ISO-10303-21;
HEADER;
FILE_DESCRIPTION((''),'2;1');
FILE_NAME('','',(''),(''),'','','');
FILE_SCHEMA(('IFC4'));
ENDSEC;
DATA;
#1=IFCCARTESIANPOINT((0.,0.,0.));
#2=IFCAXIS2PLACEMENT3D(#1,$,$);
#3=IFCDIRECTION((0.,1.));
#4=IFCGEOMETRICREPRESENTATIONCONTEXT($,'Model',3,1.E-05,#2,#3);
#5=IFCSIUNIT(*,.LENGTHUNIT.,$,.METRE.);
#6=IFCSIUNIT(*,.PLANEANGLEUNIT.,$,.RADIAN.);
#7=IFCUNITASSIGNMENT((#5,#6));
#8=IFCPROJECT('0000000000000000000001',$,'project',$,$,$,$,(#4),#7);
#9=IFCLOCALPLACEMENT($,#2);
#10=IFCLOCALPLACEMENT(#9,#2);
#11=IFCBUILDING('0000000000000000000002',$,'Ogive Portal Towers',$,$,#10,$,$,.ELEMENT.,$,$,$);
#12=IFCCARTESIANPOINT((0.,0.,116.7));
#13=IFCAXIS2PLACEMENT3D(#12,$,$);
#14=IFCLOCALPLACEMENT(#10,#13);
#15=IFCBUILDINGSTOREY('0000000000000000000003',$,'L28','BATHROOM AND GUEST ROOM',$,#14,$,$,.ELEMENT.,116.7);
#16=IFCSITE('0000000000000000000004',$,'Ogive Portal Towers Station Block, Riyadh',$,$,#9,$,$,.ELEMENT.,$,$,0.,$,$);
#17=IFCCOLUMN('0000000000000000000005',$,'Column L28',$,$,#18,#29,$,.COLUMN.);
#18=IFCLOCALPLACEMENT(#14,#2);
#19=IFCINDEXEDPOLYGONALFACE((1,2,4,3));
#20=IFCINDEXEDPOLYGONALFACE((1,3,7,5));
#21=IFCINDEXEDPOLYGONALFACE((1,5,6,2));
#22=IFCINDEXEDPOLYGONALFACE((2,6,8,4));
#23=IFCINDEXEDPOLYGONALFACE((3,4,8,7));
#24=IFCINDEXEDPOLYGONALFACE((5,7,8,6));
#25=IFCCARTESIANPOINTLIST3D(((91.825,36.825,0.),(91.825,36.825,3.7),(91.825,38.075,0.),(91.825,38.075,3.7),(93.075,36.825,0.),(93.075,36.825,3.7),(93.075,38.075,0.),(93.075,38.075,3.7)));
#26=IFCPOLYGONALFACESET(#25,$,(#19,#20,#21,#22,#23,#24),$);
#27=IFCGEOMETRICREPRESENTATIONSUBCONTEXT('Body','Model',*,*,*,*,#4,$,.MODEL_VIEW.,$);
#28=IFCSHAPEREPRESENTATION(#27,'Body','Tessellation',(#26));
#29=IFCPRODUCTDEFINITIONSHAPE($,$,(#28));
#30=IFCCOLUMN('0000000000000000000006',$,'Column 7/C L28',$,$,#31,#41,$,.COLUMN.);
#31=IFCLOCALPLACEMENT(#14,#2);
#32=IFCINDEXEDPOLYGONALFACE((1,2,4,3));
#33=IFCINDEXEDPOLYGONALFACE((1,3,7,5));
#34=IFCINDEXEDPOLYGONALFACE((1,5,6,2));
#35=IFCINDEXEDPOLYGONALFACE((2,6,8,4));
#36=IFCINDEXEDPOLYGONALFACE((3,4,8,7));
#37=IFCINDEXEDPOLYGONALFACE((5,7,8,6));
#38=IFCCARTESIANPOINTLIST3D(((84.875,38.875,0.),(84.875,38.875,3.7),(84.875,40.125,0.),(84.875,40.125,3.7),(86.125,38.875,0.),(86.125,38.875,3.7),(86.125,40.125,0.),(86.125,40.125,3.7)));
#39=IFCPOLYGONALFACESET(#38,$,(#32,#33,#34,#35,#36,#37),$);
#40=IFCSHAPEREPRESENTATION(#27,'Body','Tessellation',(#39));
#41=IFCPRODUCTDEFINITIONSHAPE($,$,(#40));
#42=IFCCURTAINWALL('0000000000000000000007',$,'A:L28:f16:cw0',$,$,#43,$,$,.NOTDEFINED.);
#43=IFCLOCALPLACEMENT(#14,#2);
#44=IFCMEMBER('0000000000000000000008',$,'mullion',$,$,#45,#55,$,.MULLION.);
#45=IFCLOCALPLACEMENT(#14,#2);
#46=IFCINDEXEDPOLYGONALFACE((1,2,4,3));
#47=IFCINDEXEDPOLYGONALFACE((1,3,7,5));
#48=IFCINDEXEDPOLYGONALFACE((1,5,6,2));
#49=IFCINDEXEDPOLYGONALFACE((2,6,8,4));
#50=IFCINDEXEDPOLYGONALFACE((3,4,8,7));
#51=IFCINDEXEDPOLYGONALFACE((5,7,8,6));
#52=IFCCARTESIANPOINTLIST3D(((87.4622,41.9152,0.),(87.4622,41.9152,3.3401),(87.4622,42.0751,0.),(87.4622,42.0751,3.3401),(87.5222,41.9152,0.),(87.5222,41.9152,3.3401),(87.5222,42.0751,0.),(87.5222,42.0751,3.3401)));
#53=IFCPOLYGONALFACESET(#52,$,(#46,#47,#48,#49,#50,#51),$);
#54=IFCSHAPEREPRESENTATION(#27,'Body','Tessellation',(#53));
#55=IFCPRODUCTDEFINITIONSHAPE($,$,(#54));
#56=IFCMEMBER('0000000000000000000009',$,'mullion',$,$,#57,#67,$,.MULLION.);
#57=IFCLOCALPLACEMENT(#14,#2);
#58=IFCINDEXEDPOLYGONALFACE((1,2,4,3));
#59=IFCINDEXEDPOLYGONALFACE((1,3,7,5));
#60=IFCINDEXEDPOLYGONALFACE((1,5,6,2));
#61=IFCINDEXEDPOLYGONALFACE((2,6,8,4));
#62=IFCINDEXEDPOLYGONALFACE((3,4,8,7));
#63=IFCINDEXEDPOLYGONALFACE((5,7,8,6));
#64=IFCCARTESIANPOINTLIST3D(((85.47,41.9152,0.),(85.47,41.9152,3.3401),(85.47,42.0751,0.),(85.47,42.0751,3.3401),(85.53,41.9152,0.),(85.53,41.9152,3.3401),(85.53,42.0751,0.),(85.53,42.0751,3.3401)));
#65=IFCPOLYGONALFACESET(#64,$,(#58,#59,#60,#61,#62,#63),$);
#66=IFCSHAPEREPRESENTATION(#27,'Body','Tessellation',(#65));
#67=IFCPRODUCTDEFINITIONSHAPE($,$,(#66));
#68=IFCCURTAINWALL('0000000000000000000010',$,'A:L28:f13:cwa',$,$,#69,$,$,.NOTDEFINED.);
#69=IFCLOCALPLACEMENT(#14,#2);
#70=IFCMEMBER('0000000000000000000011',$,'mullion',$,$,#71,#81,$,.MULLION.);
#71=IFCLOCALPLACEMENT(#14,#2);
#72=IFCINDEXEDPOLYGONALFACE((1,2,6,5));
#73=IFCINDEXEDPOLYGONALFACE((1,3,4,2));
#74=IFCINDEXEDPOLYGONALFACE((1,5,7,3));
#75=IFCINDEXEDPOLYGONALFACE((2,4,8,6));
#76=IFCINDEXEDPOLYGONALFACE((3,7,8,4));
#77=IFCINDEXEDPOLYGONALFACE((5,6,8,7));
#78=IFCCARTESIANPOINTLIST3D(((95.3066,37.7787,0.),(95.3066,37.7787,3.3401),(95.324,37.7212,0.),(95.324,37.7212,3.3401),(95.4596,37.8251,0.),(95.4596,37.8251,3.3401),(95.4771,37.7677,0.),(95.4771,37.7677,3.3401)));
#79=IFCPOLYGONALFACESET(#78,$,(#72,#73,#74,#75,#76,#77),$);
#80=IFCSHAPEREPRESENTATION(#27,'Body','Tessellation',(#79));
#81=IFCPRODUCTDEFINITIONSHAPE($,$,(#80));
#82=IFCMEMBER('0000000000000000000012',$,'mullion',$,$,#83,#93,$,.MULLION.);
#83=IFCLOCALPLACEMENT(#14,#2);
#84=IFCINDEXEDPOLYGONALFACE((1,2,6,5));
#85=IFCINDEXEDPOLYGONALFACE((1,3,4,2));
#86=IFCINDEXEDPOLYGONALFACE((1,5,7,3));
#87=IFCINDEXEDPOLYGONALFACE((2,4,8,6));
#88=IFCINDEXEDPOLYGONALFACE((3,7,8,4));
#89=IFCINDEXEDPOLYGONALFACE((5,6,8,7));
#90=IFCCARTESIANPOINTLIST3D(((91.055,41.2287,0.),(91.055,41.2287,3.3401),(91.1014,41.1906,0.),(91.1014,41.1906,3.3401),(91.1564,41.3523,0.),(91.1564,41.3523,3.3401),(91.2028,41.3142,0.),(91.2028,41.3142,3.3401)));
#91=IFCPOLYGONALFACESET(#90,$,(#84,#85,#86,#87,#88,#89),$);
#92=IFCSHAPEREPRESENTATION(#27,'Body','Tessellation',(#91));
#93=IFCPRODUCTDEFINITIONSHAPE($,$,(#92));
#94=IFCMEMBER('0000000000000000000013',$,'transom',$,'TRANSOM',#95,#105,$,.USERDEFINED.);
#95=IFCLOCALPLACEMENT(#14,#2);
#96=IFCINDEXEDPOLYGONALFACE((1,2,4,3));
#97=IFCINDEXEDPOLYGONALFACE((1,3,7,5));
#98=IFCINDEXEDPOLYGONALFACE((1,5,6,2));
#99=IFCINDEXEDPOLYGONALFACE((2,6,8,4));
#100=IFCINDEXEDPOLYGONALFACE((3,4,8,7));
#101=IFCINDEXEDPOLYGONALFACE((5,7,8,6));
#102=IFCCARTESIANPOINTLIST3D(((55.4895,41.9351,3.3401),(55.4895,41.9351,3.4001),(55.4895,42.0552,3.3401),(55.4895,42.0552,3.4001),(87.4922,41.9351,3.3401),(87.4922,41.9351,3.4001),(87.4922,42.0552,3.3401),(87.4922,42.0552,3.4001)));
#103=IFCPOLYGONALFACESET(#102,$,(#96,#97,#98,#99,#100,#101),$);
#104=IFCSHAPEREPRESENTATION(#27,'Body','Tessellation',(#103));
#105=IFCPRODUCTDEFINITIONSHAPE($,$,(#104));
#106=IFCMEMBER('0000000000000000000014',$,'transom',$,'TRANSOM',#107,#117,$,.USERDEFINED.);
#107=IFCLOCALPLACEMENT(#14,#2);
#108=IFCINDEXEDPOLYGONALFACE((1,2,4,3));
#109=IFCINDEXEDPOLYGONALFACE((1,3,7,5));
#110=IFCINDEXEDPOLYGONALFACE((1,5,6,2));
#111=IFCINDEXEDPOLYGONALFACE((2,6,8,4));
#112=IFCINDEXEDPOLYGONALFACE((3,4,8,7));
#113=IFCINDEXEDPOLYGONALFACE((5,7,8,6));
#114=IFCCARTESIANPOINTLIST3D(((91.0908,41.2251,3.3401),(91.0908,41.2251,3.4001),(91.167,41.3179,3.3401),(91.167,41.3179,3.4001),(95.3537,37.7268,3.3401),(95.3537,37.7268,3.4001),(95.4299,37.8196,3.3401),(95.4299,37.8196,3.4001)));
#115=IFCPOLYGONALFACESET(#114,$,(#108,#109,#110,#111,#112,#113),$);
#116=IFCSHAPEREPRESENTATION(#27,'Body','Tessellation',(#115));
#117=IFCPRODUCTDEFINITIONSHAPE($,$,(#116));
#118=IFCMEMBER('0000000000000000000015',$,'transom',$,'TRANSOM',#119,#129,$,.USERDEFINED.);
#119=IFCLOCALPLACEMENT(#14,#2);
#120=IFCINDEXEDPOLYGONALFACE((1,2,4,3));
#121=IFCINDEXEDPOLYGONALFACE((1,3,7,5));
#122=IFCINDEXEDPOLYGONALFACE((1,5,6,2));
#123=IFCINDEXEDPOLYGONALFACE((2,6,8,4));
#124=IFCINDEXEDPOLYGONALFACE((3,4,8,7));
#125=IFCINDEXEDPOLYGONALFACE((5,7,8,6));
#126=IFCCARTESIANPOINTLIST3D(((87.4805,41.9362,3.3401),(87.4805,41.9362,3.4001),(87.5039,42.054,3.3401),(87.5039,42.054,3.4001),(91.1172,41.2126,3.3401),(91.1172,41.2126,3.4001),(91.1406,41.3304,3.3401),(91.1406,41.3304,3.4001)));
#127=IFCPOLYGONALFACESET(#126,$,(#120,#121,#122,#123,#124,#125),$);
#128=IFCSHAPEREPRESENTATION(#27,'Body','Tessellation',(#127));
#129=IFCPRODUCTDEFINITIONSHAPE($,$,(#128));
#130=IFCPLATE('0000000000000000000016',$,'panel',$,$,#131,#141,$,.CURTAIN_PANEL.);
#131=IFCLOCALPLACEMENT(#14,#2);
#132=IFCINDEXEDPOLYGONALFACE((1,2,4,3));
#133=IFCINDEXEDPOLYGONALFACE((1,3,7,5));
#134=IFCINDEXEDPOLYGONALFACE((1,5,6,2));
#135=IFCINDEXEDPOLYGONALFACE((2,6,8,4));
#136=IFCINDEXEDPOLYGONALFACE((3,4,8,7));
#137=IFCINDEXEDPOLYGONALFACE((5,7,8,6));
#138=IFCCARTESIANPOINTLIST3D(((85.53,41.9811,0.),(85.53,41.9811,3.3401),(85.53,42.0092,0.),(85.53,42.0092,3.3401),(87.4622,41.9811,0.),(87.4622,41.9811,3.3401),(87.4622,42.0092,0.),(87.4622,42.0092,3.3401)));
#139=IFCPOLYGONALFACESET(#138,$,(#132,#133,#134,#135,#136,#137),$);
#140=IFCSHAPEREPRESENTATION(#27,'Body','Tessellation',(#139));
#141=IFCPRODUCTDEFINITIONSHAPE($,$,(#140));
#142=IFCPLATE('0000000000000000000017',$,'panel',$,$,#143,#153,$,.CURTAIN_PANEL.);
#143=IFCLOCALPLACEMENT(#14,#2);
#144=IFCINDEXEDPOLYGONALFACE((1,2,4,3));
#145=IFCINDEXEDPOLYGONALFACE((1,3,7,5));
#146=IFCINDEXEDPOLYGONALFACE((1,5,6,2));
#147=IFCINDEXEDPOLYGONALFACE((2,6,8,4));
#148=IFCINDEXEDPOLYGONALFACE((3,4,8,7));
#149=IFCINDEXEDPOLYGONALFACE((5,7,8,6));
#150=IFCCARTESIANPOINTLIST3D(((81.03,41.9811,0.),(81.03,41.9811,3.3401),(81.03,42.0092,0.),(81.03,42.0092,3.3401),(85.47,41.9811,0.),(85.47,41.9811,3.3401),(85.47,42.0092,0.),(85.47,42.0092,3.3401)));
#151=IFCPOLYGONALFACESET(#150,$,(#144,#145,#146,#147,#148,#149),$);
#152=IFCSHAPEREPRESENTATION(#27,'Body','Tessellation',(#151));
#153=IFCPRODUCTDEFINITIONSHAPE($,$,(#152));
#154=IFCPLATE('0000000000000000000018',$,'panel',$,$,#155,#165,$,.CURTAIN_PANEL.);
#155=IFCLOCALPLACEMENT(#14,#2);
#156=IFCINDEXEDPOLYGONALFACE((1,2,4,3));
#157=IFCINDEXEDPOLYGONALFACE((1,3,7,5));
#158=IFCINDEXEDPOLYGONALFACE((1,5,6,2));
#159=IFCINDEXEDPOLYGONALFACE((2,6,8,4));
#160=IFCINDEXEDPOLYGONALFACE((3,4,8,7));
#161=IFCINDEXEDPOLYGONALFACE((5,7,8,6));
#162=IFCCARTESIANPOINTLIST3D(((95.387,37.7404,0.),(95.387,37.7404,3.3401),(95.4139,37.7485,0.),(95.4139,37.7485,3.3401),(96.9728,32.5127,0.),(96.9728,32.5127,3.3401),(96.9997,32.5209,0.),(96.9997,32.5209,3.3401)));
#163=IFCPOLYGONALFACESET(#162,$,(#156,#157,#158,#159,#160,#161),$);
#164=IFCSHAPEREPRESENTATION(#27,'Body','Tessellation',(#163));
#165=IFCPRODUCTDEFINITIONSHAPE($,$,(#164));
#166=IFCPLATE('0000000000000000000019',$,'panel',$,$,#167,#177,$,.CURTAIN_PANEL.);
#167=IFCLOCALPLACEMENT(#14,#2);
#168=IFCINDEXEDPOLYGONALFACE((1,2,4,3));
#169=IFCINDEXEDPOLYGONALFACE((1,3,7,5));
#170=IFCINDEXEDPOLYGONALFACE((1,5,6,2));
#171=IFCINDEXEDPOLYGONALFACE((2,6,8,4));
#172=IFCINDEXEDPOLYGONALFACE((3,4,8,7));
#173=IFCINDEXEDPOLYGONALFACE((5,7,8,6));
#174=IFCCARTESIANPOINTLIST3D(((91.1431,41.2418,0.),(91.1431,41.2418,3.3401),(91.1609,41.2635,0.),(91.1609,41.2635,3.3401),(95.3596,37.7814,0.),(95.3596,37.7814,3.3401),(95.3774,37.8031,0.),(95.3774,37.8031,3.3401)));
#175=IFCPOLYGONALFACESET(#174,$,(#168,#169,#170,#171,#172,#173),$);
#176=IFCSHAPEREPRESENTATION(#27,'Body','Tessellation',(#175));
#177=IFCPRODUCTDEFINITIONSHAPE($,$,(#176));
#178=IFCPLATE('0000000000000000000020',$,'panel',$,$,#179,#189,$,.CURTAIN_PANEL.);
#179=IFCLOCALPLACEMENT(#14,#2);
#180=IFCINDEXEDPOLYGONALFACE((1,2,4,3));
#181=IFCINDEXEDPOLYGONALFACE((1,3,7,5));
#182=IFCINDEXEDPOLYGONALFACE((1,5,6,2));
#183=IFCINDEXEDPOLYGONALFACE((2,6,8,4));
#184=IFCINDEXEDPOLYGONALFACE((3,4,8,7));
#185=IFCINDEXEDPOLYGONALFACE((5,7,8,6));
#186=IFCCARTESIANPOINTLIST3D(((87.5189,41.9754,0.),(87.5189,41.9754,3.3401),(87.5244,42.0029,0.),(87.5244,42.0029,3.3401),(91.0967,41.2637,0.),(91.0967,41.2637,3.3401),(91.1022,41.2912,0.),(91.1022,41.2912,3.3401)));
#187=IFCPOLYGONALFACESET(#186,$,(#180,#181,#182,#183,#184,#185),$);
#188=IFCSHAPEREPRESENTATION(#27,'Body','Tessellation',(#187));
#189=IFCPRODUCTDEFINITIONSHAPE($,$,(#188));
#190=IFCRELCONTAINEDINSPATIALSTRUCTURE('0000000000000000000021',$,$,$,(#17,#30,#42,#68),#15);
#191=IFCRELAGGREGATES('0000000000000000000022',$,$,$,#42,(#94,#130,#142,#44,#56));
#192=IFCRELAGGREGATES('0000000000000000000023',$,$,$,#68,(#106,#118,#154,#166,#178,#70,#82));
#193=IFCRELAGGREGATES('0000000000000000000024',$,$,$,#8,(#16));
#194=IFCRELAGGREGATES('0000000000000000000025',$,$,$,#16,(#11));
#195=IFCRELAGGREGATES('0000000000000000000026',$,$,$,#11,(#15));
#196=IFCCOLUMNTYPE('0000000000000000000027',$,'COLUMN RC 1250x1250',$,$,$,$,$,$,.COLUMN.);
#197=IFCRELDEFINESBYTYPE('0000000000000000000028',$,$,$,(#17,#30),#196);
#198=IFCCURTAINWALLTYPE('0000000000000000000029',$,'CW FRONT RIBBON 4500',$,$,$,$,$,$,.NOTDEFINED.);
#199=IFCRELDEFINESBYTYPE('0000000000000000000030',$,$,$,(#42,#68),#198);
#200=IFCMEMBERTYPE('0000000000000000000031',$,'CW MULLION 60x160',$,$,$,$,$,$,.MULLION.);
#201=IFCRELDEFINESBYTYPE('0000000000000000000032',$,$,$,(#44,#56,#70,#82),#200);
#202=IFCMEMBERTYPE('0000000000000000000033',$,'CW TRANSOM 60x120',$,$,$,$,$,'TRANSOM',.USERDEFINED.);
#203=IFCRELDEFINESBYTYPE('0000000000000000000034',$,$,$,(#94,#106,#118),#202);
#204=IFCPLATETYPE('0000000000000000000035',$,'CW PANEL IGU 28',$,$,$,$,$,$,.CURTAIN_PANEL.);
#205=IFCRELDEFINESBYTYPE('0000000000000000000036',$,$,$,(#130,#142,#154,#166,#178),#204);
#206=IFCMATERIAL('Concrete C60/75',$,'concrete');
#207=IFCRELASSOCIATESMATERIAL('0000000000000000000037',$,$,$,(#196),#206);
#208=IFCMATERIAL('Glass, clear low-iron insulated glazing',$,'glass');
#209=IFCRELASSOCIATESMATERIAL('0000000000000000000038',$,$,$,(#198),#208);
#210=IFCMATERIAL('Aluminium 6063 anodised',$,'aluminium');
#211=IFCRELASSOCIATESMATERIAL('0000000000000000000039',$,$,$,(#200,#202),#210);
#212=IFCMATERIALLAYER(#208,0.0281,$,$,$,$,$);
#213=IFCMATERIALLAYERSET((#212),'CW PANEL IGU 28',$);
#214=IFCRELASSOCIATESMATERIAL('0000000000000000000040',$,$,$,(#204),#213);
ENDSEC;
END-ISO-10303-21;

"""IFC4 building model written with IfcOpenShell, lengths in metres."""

from ifc_helpers import new_model, si_unit, direction, frame, origin, origin_2d, place, context, subcontext, project, spatial, rectangle, extrude, material, layer, layer_set, material_profile, profile_set, type_object, element, aggregate, save


model = new_model("IFC4")

# Units and contexts
model_context = context("Model", 3, precision=1e-05, world=origin(), true_north=direction((0.0, 1.0)))
body_context = subcontext(model_context, "Body", "Model", "MODEL_VIEW")
ifc_project = project(units=[si_unit("LENGTHUNIT", "METRE"), si_unit("PLANEANGLEUNIT", "RADIAN")], contexts=[model_context])

# Site, building, storey
site_placement = place(None, origin())
site = spatial("IfcSite", under=ifc_project, at=site_placement, Name="Ogive Portal Towers Station Block, Riyadh", CompositionType="ELEMENT", RefElevation=0.0)
building_placement = place(site_placement, origin())
building = spatial("IfcBuilding", under=site, at=building_placement, Name="Ogive Portal Towers", CompositionType="ELEMENT")
storey_placement = place(building_placement, frame((0.0, 0.0, 116.7)))
storey = spatial("IfcBuildingStorey", under=building, at=storey_placement, Name="L28", Description="BATHROOM AND GUEST ROOM", CompositionType="ELEMENT", Elevation=116.7)

# Columns
ifc_material_1 = material(Name="Concrete C60/75", Category="concrete")
ifc_material_profile_1 = material_profile(ifc_material_1, rectangle(XDim=1.25, YDim=1.25, at=origin_2d()), Name="RC 1250x1250")
ifc_profile_set_1 = profile_set([ifc_material_profile_1], Name="Concrete C60/75")
column_type = type_object("IfcColumnType", Name="COLUMN RC 1250x1250", PredefinedType="COLUMN", material=ifc_profile_set_1)
for number, where, z_axis, x_axis, name in (
    (1, (92.45, 37.45, 0.0), (0.0, 0.0, 1.0), (1.0, 0.0, 0.0), "Column L28"),
    (2, (85.5, 39.5, 0.0), (0.0, 0.0, 1.0), (1.0, 0.0, 0.0), "Column 7/C L28"),
):
    element("IfcColumn", number, at=place(storey_placement, frame(where, z_axis=z_axis, x_axis=x_axis)), inside=storey, type_object=column_type, Name=name, PredefinedType="COLUMN", context=body_context, shape_type="SweptSolid", body=[
        extrude(rectangle(XDim=1.25, YDim=1.25, at=origin_2d()), origin(), (0.0, 0.0, 1.0), 3.7),
    ])

# Curtain walls, members
ifc_material_2 = material(Name="Glass, clear low-iron insulated glazing", Category="glass")
curtain_wall_type = type_object("IfcCurtainWallType", Name="CW FRONT RIBBON 4500", PredefinedType="NOTDEFINED", material=ifc_material_2)
curtain_wall_1_placement = place(storey_placement, origin())
curtain_wall_1 = element("IfcCurtainWall", 3, at=curtain_wall_1_placement, inside=storey, type_object=curtain_wall_type, Name="A:L28:f16:cw0", PredefinedType="NOTDEFINED")
ifc_material_3 = material(Name="Aluminium 6063 anodised", Category="aluminium")
ifc_material_profile_2 = material_profile(ifc_material_3, rectangle(XDim=0.1599, YDim=0.0601, at=origin_2d()), Name="AL 60x160")
ifc_profile_set_2 = profile_set([ifc_material_profile_2], Name="Aluminium 6063 anodised")
member_type_1 = type_object("IfcMemberType", Name="CW MULLION 60x160", PredefinedType="MULLION", material=ifc_profile_set_2)
member_1_placement = place(storey_placement, frame((87.4922, 41.9951, 0.0), z_axis=(0.0, 0.0, 1.0), x_axis=(0.0, -1.0, 0.0)))
member_1 = element("IfcMember", 4, at=member_1_placement, type_object=member_type_1, Name="mullion", PredefinedType="MULLION", context=body_context, shape_type="SweptSolid", body=[
    extrude(rectangle(XDim=0.1599, YDim=0.0601, at=origin_2d()), origin(), (0.0, 0.0, 1.0), 3.3401),
])
member_2_placement = place(storey_placement, frame((85.5, 41.9951, 0.0), z_axis=(0.0, 0.0, 1.0), x_axis=(0.0, -1.0, 0.0)))
member_2 = element("IfcMember", 5, at=member_2_placement, type_object=member_type_1, Name="mullion", PredefinedType="MULLION", context=body_context, shape_type="SweptSolid", body=[
    extrude(rectangle(XDim=0.1599, YDim=0.0601, at=origin_2d()), origin(), (0.0, 0.0, 1.0), 3.3401),
])
curtain_wall_2_placement = place(storey_placement, origin())
curtain_wall_2 = element("IfcCurtainWall", 6, at=curtain_wall_2_placement, inside=storey, type_object=curtain_wall_type, Name="A:L28:f13:cwa", PredefinedType="NOTDEFINED")
member_3_placement = place(storey_placement, frame((95.3918, 37.7732, 0.0), z_axis=(0.0, 0.0, 1.0), x_axis=(-0.95694, -0.290285, 0.0)))
member_3 = element("IfcMember", 7, at=member_3_placement, type_object=member_type_1, Name="mullion", PredefinedType="MULLION", context=body_context, shape_type="SweptSolid", body=[
    extrude(rectangle(XDim=0.1599, YDim=0.0601, at=origin_2d()), origin(), (0.0, 0.0, 1.0), 3.3401),
])
member_4_placement = place(storey_placement, frame((91.1289, 41.2715, 0.0), z_axis=(0.0, 0.0, 1.0), x_axis=(-0.634393, -0.77301, 0.0)))
member_4 = element("IfcMember", 8, at=member_4_placement, type_object=member_type_1, Name="mullion", PredefinedType="MULLION", context=body_context, shape_type="SweptSolid", body=[
    extrude(rectangle(XDim=0.1599, YDim=0.0601, at=origin_2d()), origin(), (0.0, 0.0, 1.0), 3.3401),
])

# Members
ifc_material_profile_3 = material_profile(ifc_material_3, rectangle(XDim=0.1201, YDim=0.0601, at=origin_2d()), Name="AL 120x60")
ifc_profile_set_3 = profile_set([ifc_material_profile_3], Name="Aluminium 6063 anodised")
member_type_2 = type_object("IfcMemberType", Name="CW TRANSOM 60x120", ElementType="TRANSOM", PredefinedType="USERDEFINED", material=ifc_profile_set_3)
member_5_placement = place(storey_placement, frame((87.4922, 41.9951, 3.3701), z_axis=(-1.0, 0.0, 0.0), x_axis=(0.0, -1.0, 0.0)))
member_5 = element("IfcMember", 9, at=member_5_placement, type_object=member_type_2, Name="transom", ObjectType="TRANSOM", PredefinedType="USERDEFINED", context=body_context, shape_type="SweptSolid", body=[
    extrude(rectangle(XDim=0.1201, YDim=0.0601, at=origin_2d()), origin(), (0.0, 0.0, 1.0), 32.0027),
])
member_6_placement = place(storey_placement, frame((95.3918, 37.7732, 3.3701), z_axis=(-0.773029, 0.63437, 0.0), x_axis=(-0.63437, -0.773029, 0.0)))
member_6 = element("IfcMember", 10, at=member_6_placement, type_object=member_type_2, Name="transom", ObjectType="TRANSOM", PredefinedType="USERDEFINED", context=body_context, shape_type="SweptSolid", body=[
    extrude(rectangle(XDim=0.1201, YDim=0.0601, at=origin_2d()), origin(), (0.0, 0.0, 1.0), 5.5146),
])
member_7_placement = place(storey_placement, frame((91.1289, 41.2715, 3.3701), z_axis=(-0.980773, 0.195154, 0.0), x_axis=(-0.195154, -0.980773, 0.0)))
member_7 = element("IfcMember", 11, at=member_7_placement, type_object=member_type_2, Name="transom", ObjectType="TRANSOM", PredefinedType="USERDEFINED", context=body_context, shape_type="SweptSolid", body=[
    extrude(rectangle(XDim=0.1201, YDim=0.0601, at=origin_2d()), origin(), (0.0, 0.0, 1.0), 3.708),
])

# Plates
ifc_layer_1 = layer(ifc_material_2, 0.0281)
ifc_layer_set_1 = layer_set([ifc_layer_1], Name="CW PANEL IGU 28")
plate_type = type_object("IfcPlateType", Name="CW PANEL IGU 28", PredefinedType="CURTAIN_PANEL", material=ifc_layer_set_1)
plate_1_placement = place(storey_placement, frame((86.4961, 41.9951, 0.0), z_axis=(0.0, 0.0, 1.0), x_axis=(-1.0, 0.0, 0.0)))
plate_1 = element("IfcPlate", 12, at=plate_1_placement, type_object=plate_type, Name="panel", PredefinedType="CURTAIN_PANEL", context=body_context, shape_type="SweptSolid", body=[
    extrude(rectangle(XDim=1.9321, YDim=0.0281, at=origin_2d()), origin(), (0.0, 0.0, 1.0), 3.3401),
])
plate_2_placement = place(storey_placement, frame((83.25, 41.9951, 0.0), z_axis=(0.0, 0.0, 1.0), x_axis=(-1.0, 0.0, 0.0)))
plate_2 = element("IfcPlate", 13, at=plate_2_placement, type_object=plate_type, Name="panel", PredefinedType="CURTAIN_PANEL", context=body_context, shape_type="SweptSolid", body=[
    extrude(rectangle(XDim=4.4399, YDim=0.0281, at=origin_2d()), origin(), (0.0, 0.0, 1.0), 3.3401),
])
aggregate(curtain_wall_1, [member_5, plate_1, plate_2, member_1, member_2])
plate_3_placement = place(storey_placement, frame((96.1934, 35.1306, 0.0), z_axis=(0.0, 0.0, 1.0), x_axis=(-0.290285, 0.95694, 0.0)))
plate_3 = element("IfcPlate", 14, at=plate_3_placement, type_object=plate_type, Name="panel", PredefinedType="CURTAIN_PANEL", context=body_context, shape_type="SweptSolid", body=[
    extrude(rectangle(XDim=5.4629, YDim=0.0281, at=origin_2d()), origin(), (0.0, 0.0, 1.0), 3.3401),
])
plate_4_placement = place(storey_placement, frame((93.2603, 39.5225, 0.0), z_axis=(0.0, 0.0, 1.0), x_axis=(-0.77301, 0.634393, 0.0)))
plate_4 = element("IfcPlate", 15, at=plate_4_placement, type_object=plate_type, Name="panel", PredefinedType="CURTAIN_PANEL", context=body_context, shape_type="SweptSolid", body=[
    extrude(rectangle(XDim=5.4546, YDim=0.0281, at=origin_2d()), origin(), (0.0, 0.0, 1.0), 3.3401),
])
plate_5_placement = place(storey_placement, frame((89.3105, 41.6333, 0.0), z_axis=(0.0, 0.0, 1.0), x_axis=(-0.980785, 0.19509, 0.0)))
plate_5 = element("IfcPlate", 16, at=plate_5_placement, type_object=plate_type, Name="panel", PredefinedType="CURTAIN_PANEL", context=body_context, shape_type="SweptSolid", body=[
    extrude(rectangle(XDim=3.6479, YDim=0.0281, at=origin_2d()), origin(), (0.0, 0.0, 1.0), 3.3401),
])
aggregate(curtain_wall_2, [member_6, member_7, plate_3, plate_4, plate_5, member_3, member_4])

save(model, "model.ifc")
